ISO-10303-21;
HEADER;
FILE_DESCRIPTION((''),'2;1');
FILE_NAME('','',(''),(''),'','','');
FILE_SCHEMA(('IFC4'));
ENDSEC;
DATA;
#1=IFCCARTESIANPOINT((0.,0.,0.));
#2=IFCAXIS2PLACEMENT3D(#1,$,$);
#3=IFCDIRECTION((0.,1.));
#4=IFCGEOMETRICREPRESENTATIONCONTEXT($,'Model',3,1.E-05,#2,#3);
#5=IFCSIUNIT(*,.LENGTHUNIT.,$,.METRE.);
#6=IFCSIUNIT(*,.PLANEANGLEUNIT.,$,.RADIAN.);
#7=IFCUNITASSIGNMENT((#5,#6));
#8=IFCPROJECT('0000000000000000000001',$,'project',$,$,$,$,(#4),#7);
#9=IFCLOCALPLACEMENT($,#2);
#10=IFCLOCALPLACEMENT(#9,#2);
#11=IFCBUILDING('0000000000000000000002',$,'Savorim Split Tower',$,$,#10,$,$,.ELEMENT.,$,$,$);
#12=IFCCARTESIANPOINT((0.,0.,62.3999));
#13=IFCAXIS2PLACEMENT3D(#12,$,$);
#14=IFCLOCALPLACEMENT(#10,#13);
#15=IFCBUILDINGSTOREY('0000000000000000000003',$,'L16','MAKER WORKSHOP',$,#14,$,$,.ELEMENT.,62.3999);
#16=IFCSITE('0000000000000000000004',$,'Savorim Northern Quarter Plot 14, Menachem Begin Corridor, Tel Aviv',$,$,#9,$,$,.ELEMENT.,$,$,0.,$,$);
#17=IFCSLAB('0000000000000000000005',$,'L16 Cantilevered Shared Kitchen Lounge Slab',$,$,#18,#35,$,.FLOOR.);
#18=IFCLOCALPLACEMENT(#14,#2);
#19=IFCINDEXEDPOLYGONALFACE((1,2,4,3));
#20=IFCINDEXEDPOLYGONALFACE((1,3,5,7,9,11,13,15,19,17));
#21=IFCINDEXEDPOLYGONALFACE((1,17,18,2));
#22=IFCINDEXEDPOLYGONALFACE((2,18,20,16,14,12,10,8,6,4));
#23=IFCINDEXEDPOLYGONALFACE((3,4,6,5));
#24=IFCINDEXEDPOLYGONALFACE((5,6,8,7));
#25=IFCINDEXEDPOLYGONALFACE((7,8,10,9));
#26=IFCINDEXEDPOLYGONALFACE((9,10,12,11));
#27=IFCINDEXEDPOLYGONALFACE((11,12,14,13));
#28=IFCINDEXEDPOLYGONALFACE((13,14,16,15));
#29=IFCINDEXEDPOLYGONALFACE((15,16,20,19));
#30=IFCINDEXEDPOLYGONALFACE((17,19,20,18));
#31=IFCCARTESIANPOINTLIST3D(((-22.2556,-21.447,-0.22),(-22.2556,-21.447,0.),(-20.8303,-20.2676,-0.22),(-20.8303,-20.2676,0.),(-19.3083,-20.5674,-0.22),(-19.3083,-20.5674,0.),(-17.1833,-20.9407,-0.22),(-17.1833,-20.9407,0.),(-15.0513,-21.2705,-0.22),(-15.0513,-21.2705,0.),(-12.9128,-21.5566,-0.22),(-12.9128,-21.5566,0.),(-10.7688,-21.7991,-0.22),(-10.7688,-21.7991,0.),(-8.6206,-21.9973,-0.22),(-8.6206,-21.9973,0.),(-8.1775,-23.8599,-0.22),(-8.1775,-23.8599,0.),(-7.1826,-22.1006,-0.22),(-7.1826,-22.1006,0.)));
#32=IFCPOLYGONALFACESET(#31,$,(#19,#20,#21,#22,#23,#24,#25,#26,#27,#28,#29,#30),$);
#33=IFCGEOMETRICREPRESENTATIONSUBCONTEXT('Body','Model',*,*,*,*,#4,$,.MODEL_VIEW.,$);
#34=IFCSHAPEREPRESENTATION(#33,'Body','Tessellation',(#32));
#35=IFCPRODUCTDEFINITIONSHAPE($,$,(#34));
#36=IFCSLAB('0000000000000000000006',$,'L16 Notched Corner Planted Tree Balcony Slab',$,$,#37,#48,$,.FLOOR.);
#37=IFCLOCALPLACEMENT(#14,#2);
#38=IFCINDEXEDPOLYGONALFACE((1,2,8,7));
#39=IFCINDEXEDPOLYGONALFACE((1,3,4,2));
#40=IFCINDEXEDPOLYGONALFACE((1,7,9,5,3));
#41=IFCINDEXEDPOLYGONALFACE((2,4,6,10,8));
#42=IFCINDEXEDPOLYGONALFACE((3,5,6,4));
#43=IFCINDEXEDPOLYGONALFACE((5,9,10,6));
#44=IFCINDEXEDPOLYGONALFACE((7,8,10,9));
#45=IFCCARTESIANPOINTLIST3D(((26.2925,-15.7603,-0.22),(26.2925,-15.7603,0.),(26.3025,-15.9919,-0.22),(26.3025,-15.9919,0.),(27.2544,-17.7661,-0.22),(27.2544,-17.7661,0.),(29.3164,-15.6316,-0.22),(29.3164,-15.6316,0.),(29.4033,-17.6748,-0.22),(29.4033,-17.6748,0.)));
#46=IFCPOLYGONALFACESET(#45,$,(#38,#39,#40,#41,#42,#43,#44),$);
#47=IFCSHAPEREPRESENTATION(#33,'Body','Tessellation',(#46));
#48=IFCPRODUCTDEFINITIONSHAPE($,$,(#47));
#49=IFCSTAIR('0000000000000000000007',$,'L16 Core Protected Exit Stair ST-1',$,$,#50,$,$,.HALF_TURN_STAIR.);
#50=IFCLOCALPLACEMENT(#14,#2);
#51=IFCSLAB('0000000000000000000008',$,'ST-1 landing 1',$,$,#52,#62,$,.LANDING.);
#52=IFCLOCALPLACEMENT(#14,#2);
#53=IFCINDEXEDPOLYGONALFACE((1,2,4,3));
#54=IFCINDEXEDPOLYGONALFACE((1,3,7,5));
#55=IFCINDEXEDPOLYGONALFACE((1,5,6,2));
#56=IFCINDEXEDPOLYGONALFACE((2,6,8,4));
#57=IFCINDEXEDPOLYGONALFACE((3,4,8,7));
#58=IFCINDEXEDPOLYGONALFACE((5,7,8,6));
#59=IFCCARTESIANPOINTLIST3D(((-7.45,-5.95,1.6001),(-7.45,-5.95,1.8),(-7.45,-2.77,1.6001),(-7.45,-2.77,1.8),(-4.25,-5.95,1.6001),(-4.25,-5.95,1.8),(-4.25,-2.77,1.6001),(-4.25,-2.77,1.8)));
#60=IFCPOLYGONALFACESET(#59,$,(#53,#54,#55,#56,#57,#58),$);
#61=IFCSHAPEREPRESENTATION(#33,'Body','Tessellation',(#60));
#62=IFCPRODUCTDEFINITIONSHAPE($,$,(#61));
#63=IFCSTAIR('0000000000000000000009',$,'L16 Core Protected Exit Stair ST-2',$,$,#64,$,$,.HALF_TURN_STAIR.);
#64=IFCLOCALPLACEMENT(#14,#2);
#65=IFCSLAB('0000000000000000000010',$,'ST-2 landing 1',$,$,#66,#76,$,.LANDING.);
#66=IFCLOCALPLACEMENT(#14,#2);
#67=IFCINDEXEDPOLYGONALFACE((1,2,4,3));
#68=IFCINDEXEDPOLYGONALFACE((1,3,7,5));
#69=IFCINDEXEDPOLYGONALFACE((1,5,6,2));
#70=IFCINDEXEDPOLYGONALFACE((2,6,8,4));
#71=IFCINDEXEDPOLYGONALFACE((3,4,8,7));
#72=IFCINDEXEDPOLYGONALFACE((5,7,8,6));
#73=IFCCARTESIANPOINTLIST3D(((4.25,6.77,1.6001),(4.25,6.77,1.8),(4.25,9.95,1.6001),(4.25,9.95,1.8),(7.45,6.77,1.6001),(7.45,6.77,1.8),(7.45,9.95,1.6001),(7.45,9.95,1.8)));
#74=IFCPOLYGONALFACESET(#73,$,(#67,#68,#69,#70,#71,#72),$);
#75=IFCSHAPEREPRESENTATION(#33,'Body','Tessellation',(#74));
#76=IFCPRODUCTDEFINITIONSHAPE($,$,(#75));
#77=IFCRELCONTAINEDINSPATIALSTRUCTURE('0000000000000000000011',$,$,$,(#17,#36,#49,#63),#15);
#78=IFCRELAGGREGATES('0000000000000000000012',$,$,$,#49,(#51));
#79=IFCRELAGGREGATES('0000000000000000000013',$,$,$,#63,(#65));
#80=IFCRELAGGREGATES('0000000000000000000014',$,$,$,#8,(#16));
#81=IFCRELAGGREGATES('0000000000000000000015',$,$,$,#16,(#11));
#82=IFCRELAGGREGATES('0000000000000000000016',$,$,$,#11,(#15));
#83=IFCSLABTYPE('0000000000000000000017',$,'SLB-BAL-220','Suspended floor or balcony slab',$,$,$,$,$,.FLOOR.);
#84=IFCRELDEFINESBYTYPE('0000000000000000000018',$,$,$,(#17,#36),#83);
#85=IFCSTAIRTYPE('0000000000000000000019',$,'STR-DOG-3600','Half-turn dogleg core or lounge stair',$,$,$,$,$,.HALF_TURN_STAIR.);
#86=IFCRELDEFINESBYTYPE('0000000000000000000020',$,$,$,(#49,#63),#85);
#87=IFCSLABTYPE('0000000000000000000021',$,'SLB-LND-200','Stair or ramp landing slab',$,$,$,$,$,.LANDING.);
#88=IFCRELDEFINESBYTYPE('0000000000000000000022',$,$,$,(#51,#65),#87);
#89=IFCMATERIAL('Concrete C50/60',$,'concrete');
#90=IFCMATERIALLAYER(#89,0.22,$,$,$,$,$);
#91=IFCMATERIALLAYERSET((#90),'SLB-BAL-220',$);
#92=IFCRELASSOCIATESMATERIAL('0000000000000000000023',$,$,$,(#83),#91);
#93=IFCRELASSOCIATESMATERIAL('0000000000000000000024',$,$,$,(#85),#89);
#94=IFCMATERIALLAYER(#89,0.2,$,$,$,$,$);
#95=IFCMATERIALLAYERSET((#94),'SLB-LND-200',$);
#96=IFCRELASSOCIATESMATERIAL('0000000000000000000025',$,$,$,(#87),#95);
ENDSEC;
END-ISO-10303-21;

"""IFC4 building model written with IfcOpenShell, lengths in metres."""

from ifc_helpers import new_model, si_unit, direction, frame, origin, place, context, subcontext, project, spatial, polyline, outline, extrude, material, layer, layer_set, type_object, element, aggregate, save


model = new_model("IFC4")

# Units and contexts
model_context = context("Model", 3, precision=1e-05, world=origin(), true_north=direction((0.0, 1.0)))
body_context = subcontext(model_context, "Body", "Model", "MODEL_VIEW")
ifc_project = project(units=[si_unit("LENGTHUNIT", "METRE"), si_unit("PLANEANGLEUNIT", "RADIAN")], contexts=[model_context])

# Site, building, storey
site_placement = place(None, origin())
site = spatial("IfcSite", under=ifc_project, at=site_placement, Name="Savorim Northern Quarter Plot 14, Menachem Begin Corridor, Tel Aviv", CompositionType="ELEMENT", RefElevation=0.0)
building_placement = place(site_placement, origin())
building = spatial("IfcBuilding", under=site, at=building_placement, Name="Savorim Split Tower", CompositionType="ELEMENT")
storey_placement = place(building_placement, frame((0.0, 0.0, 62.3999)))
storey = spatial("IfcBuildingStorey", under=building, at=storey_placement, Name="L16", Description="MAKER WORKSHOP", CompositionType="ELEMENT", Elevation=62.3999)

# Slabs
ifc_material_1 = material(Name="Concrete C50/60", Category="concrete")
ifc_layer_1 = layer(ifc_material_1, 0.22)
ifc_layer_set_1 = layer_set([ifc_layer_1], Name="SLB-BAL-220")
slab_type_1 = type_object("IfcSlabType", Name="SLB-BAL-220", Description="Suspended floor or balcony slab", PredefinedType="FLOOR", material=ifc_layer_set_1)
slab_1_placement = place(storey_placement, frame((0.0, 0.0, -0.22)))
element("IfcSlab", 1, at=slab_1_placement, inside=storey, type_object=slab_type_1, Name="L16 Cantilevered Shared Kitchen Lounge Slab", PredefinedType="FLOOR", context=body_context, shape_type="SweptSolid", body=[
    extrude(outline(polyline([(-7.1826, -22.1006), (-8.6206, -21.9973), (-10.7688, -21.7991), (-12.9128, -21.5566), (-15.0513, -21.2705), (-17.1833, -20.9407), (-19.3083, -20.5674), (-20.8303, -20.2676), (-22.2556, -21.447), (-8.1775, -23.8599), (-7.1826, -22.1006)])), origin(), (0.0, 0.0, 1.0), 0.22),
])
slab_2_placement = place(storey_placement, frame((0.0, 0.0, -0.22)))
element("IfcSlab", 2, at=slab_2_placement, inside=storey, type_object=slab_type_1, Name="L16 Notched Corner Planted Tree Balcony Slab", PredefinedType="FLOOR", context=body_context, shape_type="SweptSolid", body=[
    extrude(outline(polyline([(29.3164, -15.6316), (26.2925, -15.7603), (26.3025, -15.9919), (27.2544, -17.7661), (29.4033, -17.6748), (29.3164, -15.6316)])), origin(), (0.0, 0.0, 1.0), 0.22),
])

# Stairs, slabs
stair_type = type_object("IfcStairType", Name="STR-DOG-3600", Description="Half-turn dogleg core or lounge stair", PredefinedType="HALF_TURN_STAIR", material=ifc_material_1)
stair_1_placement = place(storey_placement, origin())
stair_1 = element("IfcStair", 3, at=stair_1_placement, inside=storey, type_object=stair_type, Name="L16 Core Protected Exit Stair ST-1", PredefinedType="HALF_TURN_STAIR")
ifc_layer_2 = layer(ifc_material_1, 0.2)
ifc_layer_set_2 = layer_set([ifc_layer_2], Name="SLB-LND-200")
slab_type_2 = type_object("IfcSlabType", Name="SLB-LND-200", Description="Stair or ramp landing slab", PredefinedType="LANDING", material=ifc_layer_set_2)
slab_3_placement = place(storey_placement, frame((0.0, 0.0, 1.6001)))
slab_3 = element("IfcSlab", 4, at=slab_3_placement, type_object=slab_type_2, Name="ST-1 landing 1", PredefinedType="LANDING", context=body_context, shape_type="SweptSolid", body=[
    extrude(outline(polyline([(-7.45, -2.77), (-7.45, -5.95), (-4.25, -5.95), (-4.25, -2.77), (-7.45, -2.77)])), origin(), (0.0, 0.0, 1.0), 0.2),
])
aggregate(stair_1, [slab_3])
stair_2_placement = place(storey_placement, origin())
stair_2 = element("IfcStair", 5, at=stair_2_placement, inside=storey, type_object=stair_type, Name="L16 Core Protected Exit Stair ST-2", PredefinedType="HALF_TURN_STAIR")
slab_4_placement = place(storey_placement, frame((0.0, 0.0, 1.6001)))
slab_4 = element("IfcSlab", 6, at=slab_4_placement, type_object=slab_type_2, Name="ST-2 landing 1", PredefinedType="LANDING", context=body_context, shape_type="SweptSolid", body=[
    extrude(outline(polyline([(7.45, 6.77), (7.45, 9.95), (4.25, 9.95), (4.25, 6.77), (7.45, 6.77)])), origin(), (0.0, 0.0, 1.0), 0.2),
])
aggregate(stair_2, [slab_4])

save(model, "model.ifc")
